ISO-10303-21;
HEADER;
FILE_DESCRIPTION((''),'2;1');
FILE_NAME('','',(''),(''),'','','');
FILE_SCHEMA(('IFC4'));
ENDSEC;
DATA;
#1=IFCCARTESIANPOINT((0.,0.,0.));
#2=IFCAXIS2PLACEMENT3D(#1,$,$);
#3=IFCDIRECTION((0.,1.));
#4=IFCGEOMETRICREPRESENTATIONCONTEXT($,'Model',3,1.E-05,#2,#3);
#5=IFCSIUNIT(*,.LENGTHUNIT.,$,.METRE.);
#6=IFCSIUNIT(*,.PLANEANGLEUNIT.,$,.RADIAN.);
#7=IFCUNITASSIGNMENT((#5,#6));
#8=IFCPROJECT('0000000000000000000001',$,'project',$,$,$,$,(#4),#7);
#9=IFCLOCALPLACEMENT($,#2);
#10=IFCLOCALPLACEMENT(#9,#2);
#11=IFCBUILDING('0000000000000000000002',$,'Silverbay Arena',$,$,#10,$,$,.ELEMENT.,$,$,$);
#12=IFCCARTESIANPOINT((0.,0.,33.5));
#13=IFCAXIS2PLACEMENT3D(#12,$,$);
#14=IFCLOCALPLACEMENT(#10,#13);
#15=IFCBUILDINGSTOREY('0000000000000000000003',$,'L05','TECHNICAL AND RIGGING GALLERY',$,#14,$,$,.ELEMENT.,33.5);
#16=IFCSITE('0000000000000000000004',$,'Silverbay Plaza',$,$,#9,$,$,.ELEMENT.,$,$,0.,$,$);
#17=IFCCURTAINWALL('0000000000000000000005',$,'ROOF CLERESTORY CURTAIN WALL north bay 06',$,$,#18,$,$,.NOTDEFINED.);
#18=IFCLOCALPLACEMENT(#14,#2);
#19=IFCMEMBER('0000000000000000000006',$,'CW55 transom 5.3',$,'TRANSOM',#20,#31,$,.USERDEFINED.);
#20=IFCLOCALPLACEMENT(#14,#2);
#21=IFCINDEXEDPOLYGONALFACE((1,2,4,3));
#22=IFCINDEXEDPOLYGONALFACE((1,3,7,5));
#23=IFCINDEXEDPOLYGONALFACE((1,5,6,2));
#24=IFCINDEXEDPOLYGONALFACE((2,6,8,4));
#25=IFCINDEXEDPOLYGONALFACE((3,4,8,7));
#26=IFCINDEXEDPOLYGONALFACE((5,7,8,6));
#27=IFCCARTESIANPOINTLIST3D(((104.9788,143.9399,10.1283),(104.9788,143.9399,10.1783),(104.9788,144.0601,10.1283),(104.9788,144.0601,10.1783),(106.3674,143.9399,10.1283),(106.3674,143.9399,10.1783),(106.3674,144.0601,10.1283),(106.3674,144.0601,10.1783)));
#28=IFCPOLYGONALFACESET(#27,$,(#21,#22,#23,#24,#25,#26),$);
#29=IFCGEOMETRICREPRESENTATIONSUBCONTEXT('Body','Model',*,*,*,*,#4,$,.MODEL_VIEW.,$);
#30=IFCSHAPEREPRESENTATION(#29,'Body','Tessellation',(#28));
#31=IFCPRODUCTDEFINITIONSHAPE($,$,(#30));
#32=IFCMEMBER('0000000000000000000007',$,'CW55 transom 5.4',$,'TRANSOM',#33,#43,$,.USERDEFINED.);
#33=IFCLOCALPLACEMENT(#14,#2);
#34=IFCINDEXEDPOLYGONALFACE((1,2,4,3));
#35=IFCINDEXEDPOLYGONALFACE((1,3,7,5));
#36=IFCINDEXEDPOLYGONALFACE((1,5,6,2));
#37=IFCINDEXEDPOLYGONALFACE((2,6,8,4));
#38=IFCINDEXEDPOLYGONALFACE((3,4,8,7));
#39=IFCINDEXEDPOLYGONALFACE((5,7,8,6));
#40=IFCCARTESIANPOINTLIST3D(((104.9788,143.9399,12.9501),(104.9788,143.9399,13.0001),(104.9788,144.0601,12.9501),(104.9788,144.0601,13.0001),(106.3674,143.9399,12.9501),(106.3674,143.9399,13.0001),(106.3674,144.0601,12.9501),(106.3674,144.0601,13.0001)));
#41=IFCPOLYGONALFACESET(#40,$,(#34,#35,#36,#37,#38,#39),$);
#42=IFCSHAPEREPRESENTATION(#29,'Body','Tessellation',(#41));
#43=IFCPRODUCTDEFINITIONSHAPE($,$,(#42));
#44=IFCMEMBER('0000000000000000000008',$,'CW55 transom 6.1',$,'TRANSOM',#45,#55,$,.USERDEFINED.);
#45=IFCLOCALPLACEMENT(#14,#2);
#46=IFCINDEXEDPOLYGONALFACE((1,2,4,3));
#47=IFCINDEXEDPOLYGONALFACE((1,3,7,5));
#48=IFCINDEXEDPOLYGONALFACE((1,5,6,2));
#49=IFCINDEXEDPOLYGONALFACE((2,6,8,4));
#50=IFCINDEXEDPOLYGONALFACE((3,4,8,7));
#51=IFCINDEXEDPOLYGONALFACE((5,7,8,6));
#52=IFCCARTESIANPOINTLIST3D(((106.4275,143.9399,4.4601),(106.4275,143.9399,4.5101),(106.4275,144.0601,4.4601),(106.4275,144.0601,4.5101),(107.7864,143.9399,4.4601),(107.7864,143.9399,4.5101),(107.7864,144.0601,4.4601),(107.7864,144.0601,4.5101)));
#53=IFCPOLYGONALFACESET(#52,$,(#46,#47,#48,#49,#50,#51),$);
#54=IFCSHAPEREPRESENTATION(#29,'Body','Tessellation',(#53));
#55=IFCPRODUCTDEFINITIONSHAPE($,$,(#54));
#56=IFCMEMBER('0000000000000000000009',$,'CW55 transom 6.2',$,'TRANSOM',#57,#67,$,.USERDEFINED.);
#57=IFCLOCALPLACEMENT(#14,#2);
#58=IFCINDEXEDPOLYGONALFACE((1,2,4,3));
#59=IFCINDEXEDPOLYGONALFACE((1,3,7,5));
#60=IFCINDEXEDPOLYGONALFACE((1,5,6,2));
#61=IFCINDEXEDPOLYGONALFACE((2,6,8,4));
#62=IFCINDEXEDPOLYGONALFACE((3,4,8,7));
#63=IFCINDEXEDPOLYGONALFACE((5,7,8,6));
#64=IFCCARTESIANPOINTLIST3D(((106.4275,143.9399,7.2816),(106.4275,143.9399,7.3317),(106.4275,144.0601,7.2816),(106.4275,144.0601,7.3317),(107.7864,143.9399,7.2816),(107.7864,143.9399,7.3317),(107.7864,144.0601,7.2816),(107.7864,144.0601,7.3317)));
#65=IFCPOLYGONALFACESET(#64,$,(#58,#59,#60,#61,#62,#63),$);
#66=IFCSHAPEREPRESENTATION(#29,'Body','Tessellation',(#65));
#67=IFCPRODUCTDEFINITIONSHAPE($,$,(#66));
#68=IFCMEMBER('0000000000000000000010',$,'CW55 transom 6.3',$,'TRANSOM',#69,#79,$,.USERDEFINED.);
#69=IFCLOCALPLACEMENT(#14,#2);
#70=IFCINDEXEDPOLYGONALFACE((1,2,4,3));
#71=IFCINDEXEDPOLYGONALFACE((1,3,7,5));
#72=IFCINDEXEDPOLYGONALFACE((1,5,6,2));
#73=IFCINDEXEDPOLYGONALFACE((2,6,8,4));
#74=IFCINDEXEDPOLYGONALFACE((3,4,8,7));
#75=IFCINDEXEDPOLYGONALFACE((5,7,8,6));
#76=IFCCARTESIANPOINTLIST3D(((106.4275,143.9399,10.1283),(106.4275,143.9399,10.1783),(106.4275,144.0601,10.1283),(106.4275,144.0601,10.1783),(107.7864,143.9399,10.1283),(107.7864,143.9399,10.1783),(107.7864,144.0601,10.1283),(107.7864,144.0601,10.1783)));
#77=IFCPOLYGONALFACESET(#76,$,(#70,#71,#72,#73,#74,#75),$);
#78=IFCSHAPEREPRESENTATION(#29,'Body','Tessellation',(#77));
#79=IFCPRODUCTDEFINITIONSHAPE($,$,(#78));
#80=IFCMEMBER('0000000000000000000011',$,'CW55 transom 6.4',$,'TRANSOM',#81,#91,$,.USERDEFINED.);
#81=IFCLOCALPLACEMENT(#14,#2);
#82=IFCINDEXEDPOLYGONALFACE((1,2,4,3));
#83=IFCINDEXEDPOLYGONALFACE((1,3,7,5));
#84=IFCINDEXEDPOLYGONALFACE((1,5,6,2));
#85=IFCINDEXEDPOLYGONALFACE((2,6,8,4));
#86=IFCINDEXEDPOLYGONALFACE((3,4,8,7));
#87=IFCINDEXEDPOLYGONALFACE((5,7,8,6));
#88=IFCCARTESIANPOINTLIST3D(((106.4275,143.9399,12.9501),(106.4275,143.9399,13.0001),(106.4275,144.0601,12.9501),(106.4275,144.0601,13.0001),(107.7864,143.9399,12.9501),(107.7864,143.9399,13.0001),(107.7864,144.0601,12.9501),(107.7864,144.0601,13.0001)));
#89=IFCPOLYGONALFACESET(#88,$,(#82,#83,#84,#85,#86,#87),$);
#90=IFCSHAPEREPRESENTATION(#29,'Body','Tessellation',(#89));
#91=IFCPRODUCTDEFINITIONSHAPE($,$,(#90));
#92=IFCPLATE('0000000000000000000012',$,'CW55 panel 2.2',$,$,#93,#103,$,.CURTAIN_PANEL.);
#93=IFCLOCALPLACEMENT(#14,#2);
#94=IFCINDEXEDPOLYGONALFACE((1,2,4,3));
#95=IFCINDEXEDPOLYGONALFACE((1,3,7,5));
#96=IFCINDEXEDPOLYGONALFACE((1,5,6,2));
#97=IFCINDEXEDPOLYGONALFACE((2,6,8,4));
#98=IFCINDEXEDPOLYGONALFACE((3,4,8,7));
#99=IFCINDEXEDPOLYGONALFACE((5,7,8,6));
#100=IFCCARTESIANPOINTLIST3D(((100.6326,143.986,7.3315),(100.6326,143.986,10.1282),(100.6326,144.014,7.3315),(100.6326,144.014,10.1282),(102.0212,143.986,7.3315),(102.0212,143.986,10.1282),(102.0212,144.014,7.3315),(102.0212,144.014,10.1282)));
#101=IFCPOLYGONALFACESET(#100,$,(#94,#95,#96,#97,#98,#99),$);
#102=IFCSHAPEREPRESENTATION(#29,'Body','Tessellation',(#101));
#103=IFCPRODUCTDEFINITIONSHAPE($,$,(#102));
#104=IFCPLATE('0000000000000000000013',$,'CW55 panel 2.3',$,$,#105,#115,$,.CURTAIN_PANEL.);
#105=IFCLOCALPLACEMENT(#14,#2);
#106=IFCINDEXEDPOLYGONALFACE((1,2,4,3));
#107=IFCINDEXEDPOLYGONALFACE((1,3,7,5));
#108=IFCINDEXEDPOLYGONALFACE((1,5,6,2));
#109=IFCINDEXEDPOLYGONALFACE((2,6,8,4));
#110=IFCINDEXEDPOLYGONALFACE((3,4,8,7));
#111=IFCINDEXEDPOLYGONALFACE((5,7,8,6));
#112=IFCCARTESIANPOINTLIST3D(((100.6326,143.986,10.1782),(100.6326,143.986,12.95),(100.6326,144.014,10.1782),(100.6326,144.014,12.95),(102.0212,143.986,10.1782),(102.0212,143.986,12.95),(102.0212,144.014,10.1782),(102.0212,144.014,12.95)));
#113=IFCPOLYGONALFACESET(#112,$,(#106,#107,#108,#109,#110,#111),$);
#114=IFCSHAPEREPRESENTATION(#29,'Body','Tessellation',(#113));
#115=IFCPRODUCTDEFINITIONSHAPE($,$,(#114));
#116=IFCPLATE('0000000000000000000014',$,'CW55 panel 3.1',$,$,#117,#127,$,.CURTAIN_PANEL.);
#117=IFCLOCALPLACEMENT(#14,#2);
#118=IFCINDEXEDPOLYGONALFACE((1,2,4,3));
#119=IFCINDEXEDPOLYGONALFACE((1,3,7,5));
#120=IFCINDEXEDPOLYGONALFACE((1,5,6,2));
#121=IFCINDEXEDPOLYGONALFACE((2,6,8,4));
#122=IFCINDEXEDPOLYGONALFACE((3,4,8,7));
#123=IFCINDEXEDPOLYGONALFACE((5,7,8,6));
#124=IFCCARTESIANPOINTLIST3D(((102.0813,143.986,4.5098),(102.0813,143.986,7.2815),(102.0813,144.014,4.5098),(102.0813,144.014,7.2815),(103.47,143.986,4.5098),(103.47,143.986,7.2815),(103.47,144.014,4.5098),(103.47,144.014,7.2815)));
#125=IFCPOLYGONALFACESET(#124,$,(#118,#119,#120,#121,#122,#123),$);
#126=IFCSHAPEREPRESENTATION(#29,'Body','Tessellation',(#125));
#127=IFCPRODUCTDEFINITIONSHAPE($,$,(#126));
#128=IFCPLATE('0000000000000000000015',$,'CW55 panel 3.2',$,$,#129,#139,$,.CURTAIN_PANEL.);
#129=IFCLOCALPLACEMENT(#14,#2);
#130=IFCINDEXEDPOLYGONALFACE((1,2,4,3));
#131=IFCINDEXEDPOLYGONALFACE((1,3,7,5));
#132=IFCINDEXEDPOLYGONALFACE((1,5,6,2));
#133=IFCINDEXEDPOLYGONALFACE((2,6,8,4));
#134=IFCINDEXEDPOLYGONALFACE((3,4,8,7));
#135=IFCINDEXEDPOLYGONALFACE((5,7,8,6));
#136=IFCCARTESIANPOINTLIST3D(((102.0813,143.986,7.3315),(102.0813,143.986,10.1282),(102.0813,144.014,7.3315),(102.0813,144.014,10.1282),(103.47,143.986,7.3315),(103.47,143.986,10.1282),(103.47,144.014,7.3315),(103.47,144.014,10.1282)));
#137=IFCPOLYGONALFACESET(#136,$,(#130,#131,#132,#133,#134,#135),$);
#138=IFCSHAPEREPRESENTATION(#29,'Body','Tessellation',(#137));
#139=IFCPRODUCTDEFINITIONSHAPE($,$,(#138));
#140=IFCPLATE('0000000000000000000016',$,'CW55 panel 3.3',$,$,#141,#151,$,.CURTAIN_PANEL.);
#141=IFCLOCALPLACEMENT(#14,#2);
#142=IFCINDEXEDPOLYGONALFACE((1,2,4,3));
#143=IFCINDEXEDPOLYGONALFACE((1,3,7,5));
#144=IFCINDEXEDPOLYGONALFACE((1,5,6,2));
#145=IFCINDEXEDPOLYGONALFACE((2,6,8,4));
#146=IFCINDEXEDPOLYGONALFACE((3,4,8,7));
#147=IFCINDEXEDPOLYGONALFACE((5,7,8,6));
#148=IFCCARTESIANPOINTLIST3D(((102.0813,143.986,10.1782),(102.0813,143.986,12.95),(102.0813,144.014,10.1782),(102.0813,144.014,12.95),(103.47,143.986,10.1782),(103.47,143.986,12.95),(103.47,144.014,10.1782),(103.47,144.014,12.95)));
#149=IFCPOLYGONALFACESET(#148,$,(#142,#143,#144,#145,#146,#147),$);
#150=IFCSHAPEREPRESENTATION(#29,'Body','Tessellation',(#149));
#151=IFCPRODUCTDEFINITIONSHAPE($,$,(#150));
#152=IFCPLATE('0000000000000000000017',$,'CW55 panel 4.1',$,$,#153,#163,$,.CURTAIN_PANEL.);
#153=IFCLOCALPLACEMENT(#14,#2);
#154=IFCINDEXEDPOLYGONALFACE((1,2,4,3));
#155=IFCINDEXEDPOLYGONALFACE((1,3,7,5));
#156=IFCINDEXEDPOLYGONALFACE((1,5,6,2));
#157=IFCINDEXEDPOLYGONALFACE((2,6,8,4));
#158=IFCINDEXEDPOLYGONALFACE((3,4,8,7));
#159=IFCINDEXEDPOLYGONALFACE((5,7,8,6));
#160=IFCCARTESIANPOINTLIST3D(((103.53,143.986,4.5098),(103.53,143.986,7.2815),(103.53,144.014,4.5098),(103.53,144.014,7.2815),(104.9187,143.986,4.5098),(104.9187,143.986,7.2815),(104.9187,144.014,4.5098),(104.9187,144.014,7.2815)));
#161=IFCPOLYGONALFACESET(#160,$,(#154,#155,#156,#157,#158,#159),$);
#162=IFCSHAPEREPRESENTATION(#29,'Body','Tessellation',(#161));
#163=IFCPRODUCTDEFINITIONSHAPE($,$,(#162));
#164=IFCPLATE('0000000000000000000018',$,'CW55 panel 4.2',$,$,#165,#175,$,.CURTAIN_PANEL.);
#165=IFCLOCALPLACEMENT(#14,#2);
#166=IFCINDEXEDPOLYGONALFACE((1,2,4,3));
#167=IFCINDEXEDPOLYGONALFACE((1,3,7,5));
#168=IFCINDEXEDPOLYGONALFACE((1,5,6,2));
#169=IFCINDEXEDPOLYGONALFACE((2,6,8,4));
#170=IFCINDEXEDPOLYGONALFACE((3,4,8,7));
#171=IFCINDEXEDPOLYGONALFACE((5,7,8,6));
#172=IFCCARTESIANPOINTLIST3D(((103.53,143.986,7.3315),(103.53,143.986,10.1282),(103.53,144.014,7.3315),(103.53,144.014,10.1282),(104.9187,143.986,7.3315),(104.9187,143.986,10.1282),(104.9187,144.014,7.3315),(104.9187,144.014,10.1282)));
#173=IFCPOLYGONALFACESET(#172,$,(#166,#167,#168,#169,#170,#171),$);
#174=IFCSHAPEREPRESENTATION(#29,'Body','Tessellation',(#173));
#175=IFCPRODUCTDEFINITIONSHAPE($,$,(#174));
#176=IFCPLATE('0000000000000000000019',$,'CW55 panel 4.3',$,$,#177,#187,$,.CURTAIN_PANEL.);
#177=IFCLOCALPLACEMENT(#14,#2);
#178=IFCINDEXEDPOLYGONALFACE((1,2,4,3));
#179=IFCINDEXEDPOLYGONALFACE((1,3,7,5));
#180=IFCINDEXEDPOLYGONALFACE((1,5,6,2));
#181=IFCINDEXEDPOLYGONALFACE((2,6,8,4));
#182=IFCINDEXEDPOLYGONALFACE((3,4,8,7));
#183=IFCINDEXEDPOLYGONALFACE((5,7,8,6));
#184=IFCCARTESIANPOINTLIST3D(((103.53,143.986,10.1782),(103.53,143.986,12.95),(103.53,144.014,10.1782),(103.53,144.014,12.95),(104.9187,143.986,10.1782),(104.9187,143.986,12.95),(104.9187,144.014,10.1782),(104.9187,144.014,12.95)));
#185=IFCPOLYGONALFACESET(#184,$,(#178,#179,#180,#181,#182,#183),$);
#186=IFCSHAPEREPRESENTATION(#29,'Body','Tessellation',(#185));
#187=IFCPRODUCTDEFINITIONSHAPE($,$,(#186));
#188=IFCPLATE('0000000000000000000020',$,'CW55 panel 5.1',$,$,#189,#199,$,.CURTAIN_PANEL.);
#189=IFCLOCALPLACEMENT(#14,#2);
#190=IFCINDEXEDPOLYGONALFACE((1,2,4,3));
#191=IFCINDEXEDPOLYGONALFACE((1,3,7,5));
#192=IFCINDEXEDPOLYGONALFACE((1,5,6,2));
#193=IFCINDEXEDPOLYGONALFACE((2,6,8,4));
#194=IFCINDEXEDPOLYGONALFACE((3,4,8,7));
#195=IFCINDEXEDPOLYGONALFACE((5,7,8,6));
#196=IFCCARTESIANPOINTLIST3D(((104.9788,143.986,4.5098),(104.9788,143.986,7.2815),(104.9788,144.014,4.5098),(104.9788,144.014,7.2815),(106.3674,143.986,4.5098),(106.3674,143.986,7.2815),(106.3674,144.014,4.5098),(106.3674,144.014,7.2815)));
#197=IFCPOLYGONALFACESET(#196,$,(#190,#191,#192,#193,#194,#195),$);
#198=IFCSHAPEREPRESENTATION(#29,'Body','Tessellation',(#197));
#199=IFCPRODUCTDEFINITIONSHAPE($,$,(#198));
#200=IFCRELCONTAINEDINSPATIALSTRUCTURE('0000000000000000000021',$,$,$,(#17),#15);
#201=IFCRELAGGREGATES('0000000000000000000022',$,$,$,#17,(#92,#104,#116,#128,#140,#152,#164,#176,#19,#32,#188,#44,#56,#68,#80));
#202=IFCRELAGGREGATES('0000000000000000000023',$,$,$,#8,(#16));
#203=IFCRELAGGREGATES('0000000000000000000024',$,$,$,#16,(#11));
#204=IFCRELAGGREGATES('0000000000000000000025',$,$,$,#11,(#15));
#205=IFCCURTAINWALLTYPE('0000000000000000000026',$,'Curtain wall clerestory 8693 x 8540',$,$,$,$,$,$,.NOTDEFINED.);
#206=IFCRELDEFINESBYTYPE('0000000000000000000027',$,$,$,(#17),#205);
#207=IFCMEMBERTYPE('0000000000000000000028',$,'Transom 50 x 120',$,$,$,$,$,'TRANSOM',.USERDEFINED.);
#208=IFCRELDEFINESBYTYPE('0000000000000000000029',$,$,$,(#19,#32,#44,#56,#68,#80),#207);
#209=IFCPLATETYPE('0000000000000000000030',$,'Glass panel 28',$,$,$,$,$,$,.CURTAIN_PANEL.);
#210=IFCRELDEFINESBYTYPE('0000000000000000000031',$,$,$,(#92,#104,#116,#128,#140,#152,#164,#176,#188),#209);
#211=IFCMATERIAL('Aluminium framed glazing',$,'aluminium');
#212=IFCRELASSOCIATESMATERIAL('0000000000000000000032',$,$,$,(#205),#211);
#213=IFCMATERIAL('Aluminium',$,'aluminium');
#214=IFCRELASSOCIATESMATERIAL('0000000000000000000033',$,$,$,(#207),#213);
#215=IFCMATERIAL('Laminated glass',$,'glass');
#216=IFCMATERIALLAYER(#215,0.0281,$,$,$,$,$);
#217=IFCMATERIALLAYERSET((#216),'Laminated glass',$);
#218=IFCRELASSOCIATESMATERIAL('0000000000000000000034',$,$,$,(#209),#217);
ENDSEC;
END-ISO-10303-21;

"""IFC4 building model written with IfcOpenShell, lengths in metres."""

from ifc_helpers import new_model, si_unit, direction, frame, origin, origin_2d, place, context, subcontext, project, spatial, rectangle, extrude, material, layer, layer_set, material_profile, profile_set, type_object, element, aggregate, save


model = new_model("IFC4")

# Units and contexts
model_context = context("Model", 3, precision=1e-05, world=origin(), true_north=direction((0.0, 1.0)))
body_context = subcontext(model_context, "Body", "Model", "MODEL_VIEW")
ifc_project = project(units=[si_unit("LENGTHUNIT", "METRE"), si_unit("PLANEANGLEUNIT", "RADIAN")], contexts=[model_context])

# Site, building, storey
site_placement = place(None, origin())
site = spatial("IfcSite", under=ifc_project, at=site_placement, Name="Silverbay Plaza", CompositionType="ELEMENT", RefElevation=0.0)
building_placement = place(site_placement, origin())
building = spatial("IfcBuilding", under=site, at=building_placement, Name="Silverbay Arena", CompositionType="ELEMENT")
storey_placement = place(building_placement, frame((0.0, 0.0, 33.5)))
storey = spatial("IfcBuildingStorey", under=building, at=storey_placement, Name="L05", Description="TECHNICAL AND RIGGING GALLERY", CompositionType="ELEMENT", Elevation=33.5)

# Curtain wall, members, plates
ifc_material_1 = material(Name="Aluminium framed glazing", Category="aluminium")
curtain_wall_type = type_object("IfcCurtainWallType", Name="Curtain wall clerestory 8693 x 8540", PredefinedType="NOTDEFINED", material=ifc_material_1)
curtain_wall_placement = place(storey_placement, origin())
curtain_wall = element("IfcCurtainWall", 1, at=curtain_wall_placement, inside=storey, type_object=curtain_wall_type, Name="ROOF CLERESTORY CURTAIN WALL north bay 06", PredefinedType="NOTDEFINED")
ifc_material_2 = material(Name="Aluminium", Category="aluminium")
ifc_material_profile_1 = material_profile(ifc_material_2, rectangle(XDim=0.1201, YDim=0.05, at=origin_2d()), Name="Transom 50 x 120")
ifc_profile_set_1 = profile_set([ifc_material_profile_1], Name="Aluminium")
member_type_1 = type_object("IfcMemberType", Name="Transom 50 x 120", ElementType="TRANSOM", PredefinedType="USERDEFINED", material=ifc_profile_set_1)
member_1_placement = place(storey_placement, frame((104.9788, 144.0, 10.1533), z_axis=(1.0, 0.0, 0.0), x_axis=(0.0, 1.0, 0.0)))
member_1 = element("IfcMember", 2, at=member_1_placement, type_object=member_type_1, Name="CW55 transom 5.3", ObjectType="TRANSOM", PredefinedType="USERDEFINED", context=body_context, shape_type="SweptSolid", body=[
    extrude(rectangle(XDim=0.1201, YDim=0.05, at=origin_2d()), origin(), (0.0, 0.0, 1.0), 1.3887),
])
member_2_placement = place(storey_placement, frame((104.9788, 144.0, 12.9751), z_axis=(1.0, 0.0, 0.0), x_axis=(0.0, 1.0, 0.0)))
member_2 = element("IfcMember", 3, at=member_2_placement, type_object=member_type_1, Name="CW55 transom 5.4", ObjectType="TRANSOM", PredefinedType="USERDEFINED", context=body_context, shape_type="SweptSolid", body=[
    extrude(rectangle(XDim=0.1201, YDim=0.05, at=origin_2d()), origin(), (0.0, 0.0, 1.0), 1.3887),
])
member_3_placement = place(storey_placement, frame((106.4275, 144.0, 4.4851), z_axis=(1.0, 0.0, 0.0), x_axis=(0.0, 1.0, 0.0)))
member_3 = element("IfcMember", 4, at=member_3_placement, type_object=member_type_1, Name="CW55 transom 6.1", ObjectType="TRANSOM", PredefinedType="USERDEFINED", context=body_context, shape_type="SweptSolid", body=[
    extrude(rectangle(XDim=0.1201, YDim=0.05, at=origin_2d()), origin(), (0.0, 0.0, 1.0), 1.3589),
])
member_4_placement = place(storey_placement, frame((106.4275, 144.0, 7.3066), z_axis=(1.0, 0.0, 0.0), x_axis=(0.0, 1.0, 0.0)))
member_4 = element("IfcMember", 5, at=member_4_placement, type_object=member_type_1, Name="CW55 transom 6.2", ObjectType="TRANSOM", PredefinedType="USERDEFINED", context=body_context, shape_type="SweptSolid", body=[
    extrude(rectangle(XDim=0.1201, YDim=0.05, at=origin_2d()), origin(), (0.0, 0.0, 1.0), 1.3589),
])
member_5_placement = place(storey_placement, frame((106.4275, 144.0, 10.1533), z_axis=(1.0, 0.0, 0.0), x_axis=(0.0, 1.0, 0.0)))
member_5 = element("IfcMember", 6, at=member_5_placement, type_object=member_type_1, Name="CW55 transom 6.3", ObjectType="TRANSOM", PredefinedType="USERDEFINED", context=body_context, shape_type="SweptSolid", body=[
    extrude(rectangle(XDim=0.1201, YDim=0.05, at=origin_2d()), origin(), (0.0, 0.0, 1.0), 1.3589),
])
member_6_placement = place(storey_placement, frame((106.4275, 144.0, 12.9751), z_axis=(1.0, 0.0, 0.0), x_axis=(0.0, 1.0, 0.0)))
member_6 = element("IfcMember", 7, at=member_6_placement, type_object=member_type_1, Name="CW55 transom 6.4", ObjectType="TRANSOM", PredefinedType="USERDEFINED", context=body_context, shape_type="SweptSolid", body=[
    extrude(rectangle(XDim=0.1201, YDim=0.05, at=origin_2d()), origin(), (0.0, 0.0, 1.0), 1.3589),
])
ifc_material_3 = material(Name="Laminated glass", Category="glass")
ifc_layer = layer(ifc_material_3, 0.0281)
ifc_layer_set = layer_set([ifc_layer], Name="Laminated glass")
plate_type = type_object("IfcPlateType", Name="Glass panel 28", PredefinedType="CURTAIN_PANEL", material=ifc_layer_set)
plate_1_placement = place(storey_placement, frame((101.3269, 144.0, 7.3315), z_axis=(0.0, 0.0, 1.0), x_axis=(1.0, 0.0, 0.0)))
plate_1 = element("IfcPlate", 8, at=plate_1_placement, type_object=plate_type, Name="CW55 panel 2.2", PredefinedType="CURTAIN_PANEL", context=body_context, shape_type="SweptSolid", body=[
    extrude(rectangle(XDim=1.3887, YDim=0.0281, at=origin_2d()), origin(), (0.0, 0.0, 1.0), 2.7966),
])
plate_2_placement = place(storey_placement, frame((101.3269, 144.0, 10.1782), z_axis=(0.0, 0.0, 1.0), x_axis=(1.0, 0.0, 0.0)))
plate_2 = element("IfcPlate", 9, at=plate_2_placement, type_object=plate_type, Name="CW55 panel 2.3", PredefinedType="CURTAIN_PANEL", context=body_context, shape_type="SweptSolid", body=[
    extrude(rectangle(XDim=1.3887, YDim=0.0281, at=origin_2d()), origin(), (0.0, 0.0, 1.0), 2.7717),
])
plate_3_placement = place(storey_placement, frame((102.7756, 144.0, 4.5098), z_axis=(0.0, 0.0, 1.0), x_axis=(1.0, 0.0, 0.0)))
plate_3 = element("IfcPlate", 10, at=plate_3_placement, type_object=plate_type, Name="CW55 panel 3.1", PredefinedType="CURTAIN_PANEL", context=body_context, shape_type="SweptSolid", body=[
    extrude(rectangle(XDim=1.3887, YDim=0.0281, at=origin_2d()), origin(), (0.0, 0.0, 1.0), 2.7717),
])
plate_4_placement = place(storey_placement, frame((102.7756, 144.0, 7.3315), z_axis=(0.0, 0.0, 1.0), x_axis=(1.0, 0.0, 0.0)))
plate_4 = element("IfcPlate", 11, at=plate_4_placement, type_object=plate_type, Name="CW55 panel 3.2", PredefinedType="CURTAIN_PANEL", context=body_context, shape_type="SweptSolid", body=[
    extrude(rectangle(XDim=1.3887, YDim=0.0281, at=origin_2d()), origin(), (0.0, 0.0, 1.0), 2.7966),
])
plate_5_placement = place(storey_placement, frame((102.7756, 144.0, 10.1782), z_axis=(0.0, 0.0, 1.0), x_axis=(1.0, 0.0, 0.0)))
plate_5 = element("IfcPlate", 12, at=plate_5_placement, type_object=plate_type, Name="CW55 panel 3.3", PredefinedType="CURTAIN_PANEL", context=body_context, shape_type="SweptSolid", body=[
    extrude(rectangle(XDim=1.3887, YDim=0.0281, at=origin_2d()), origin(), (0.0, 0.0, 1.0), 2.7717),
])
plate_6_placement = place(storey_placement, frame((104.2244, 144.0, 4.5098), z_axis=(0.0, 0.0, 1.0), x_axis=(1.0, 0.0, 0.0)))
plate_6 = element("IfcPlate", 13, at=plate_6_placement, type_object=plate_type, Name="CW55 panel 4.1", PredefinedType="CURTAIN_PANEL", context=body_context, shape_type="SweptSolid", body=[
    extrude(rectangle(XDim=1.3887, YDim=0.0281, at=origin_2d()), origin(), (0.0, 0.0, 1.0), 2.7717),
])
plate_7_placement = place(storey_placement, frame((104.2244, 144.0, 7.3315), z_axis=(0.0, 0.0, 1.0), x_axis=(1.0, 0.0, 0.0)))
plate_7 = element("IfcPlate", 14, at=plate_7_placement, type_object=plate_type, Name="CW55 panel 4.2", PredefinedType="CURTAIN_PANEL", context=body_context, shape_type="SweptSolid", body=[
    extrude(rectangle(XDim=1.3887, YDim=0.0281, at=origin_2d()), origin(), (0.0, 0.0, 1.0), 2.7966),
])
plate_8_placement = place(storey_placement, frame((104.2244, 144.0, 10.1782), z_axis=(0.0, 0.0, 1.0), x_axis=(1.0, 0.0, 0.0)))
plate_8 = element("IfcPlate", 15, at=plate_8_placement, type_object=plate_type, Name="CW55 panel 4.3", PredefinedType="CURTAIN_PANEL", context=body_context, shape_type="SweptSolid", body=[
    extrude(rectangle(XDim=1.3887, YDim=0.0281, at=origin_2d()), origin(), (0.0, 0.0, 1.0), 2.7717),
])
plate_9_placement = place(storey_placement, frame((105.6731, 144.0, 4.5098), z_axis=(0.0, 0.0, 1.0), x_axis=(1.0, 0.0, 0.0)))
plate_9 = element("IfcPlate", 16, at=plate_9_placement, type_object=plate_type, Name="CW55 panel 5.1", PredefinedType="CURTAIN_PANEL", context=body_context, shape_type="SweptSolid", body=[
    extrude(rectangle(XDim=1.3887, YDim=0.0281, at=origin_2d()), origin(), (0.0, 0.0, 1.0), 2.7717),
])
aggregate(curtain_wall, [plate_1, plate_2, plate_3, plate_4, plate_5, plate_6, plate_7, plate_8, member_1, member_2, plate_9, member_3, member_4, member_5, member_6])

save(model, "model.ifc")
